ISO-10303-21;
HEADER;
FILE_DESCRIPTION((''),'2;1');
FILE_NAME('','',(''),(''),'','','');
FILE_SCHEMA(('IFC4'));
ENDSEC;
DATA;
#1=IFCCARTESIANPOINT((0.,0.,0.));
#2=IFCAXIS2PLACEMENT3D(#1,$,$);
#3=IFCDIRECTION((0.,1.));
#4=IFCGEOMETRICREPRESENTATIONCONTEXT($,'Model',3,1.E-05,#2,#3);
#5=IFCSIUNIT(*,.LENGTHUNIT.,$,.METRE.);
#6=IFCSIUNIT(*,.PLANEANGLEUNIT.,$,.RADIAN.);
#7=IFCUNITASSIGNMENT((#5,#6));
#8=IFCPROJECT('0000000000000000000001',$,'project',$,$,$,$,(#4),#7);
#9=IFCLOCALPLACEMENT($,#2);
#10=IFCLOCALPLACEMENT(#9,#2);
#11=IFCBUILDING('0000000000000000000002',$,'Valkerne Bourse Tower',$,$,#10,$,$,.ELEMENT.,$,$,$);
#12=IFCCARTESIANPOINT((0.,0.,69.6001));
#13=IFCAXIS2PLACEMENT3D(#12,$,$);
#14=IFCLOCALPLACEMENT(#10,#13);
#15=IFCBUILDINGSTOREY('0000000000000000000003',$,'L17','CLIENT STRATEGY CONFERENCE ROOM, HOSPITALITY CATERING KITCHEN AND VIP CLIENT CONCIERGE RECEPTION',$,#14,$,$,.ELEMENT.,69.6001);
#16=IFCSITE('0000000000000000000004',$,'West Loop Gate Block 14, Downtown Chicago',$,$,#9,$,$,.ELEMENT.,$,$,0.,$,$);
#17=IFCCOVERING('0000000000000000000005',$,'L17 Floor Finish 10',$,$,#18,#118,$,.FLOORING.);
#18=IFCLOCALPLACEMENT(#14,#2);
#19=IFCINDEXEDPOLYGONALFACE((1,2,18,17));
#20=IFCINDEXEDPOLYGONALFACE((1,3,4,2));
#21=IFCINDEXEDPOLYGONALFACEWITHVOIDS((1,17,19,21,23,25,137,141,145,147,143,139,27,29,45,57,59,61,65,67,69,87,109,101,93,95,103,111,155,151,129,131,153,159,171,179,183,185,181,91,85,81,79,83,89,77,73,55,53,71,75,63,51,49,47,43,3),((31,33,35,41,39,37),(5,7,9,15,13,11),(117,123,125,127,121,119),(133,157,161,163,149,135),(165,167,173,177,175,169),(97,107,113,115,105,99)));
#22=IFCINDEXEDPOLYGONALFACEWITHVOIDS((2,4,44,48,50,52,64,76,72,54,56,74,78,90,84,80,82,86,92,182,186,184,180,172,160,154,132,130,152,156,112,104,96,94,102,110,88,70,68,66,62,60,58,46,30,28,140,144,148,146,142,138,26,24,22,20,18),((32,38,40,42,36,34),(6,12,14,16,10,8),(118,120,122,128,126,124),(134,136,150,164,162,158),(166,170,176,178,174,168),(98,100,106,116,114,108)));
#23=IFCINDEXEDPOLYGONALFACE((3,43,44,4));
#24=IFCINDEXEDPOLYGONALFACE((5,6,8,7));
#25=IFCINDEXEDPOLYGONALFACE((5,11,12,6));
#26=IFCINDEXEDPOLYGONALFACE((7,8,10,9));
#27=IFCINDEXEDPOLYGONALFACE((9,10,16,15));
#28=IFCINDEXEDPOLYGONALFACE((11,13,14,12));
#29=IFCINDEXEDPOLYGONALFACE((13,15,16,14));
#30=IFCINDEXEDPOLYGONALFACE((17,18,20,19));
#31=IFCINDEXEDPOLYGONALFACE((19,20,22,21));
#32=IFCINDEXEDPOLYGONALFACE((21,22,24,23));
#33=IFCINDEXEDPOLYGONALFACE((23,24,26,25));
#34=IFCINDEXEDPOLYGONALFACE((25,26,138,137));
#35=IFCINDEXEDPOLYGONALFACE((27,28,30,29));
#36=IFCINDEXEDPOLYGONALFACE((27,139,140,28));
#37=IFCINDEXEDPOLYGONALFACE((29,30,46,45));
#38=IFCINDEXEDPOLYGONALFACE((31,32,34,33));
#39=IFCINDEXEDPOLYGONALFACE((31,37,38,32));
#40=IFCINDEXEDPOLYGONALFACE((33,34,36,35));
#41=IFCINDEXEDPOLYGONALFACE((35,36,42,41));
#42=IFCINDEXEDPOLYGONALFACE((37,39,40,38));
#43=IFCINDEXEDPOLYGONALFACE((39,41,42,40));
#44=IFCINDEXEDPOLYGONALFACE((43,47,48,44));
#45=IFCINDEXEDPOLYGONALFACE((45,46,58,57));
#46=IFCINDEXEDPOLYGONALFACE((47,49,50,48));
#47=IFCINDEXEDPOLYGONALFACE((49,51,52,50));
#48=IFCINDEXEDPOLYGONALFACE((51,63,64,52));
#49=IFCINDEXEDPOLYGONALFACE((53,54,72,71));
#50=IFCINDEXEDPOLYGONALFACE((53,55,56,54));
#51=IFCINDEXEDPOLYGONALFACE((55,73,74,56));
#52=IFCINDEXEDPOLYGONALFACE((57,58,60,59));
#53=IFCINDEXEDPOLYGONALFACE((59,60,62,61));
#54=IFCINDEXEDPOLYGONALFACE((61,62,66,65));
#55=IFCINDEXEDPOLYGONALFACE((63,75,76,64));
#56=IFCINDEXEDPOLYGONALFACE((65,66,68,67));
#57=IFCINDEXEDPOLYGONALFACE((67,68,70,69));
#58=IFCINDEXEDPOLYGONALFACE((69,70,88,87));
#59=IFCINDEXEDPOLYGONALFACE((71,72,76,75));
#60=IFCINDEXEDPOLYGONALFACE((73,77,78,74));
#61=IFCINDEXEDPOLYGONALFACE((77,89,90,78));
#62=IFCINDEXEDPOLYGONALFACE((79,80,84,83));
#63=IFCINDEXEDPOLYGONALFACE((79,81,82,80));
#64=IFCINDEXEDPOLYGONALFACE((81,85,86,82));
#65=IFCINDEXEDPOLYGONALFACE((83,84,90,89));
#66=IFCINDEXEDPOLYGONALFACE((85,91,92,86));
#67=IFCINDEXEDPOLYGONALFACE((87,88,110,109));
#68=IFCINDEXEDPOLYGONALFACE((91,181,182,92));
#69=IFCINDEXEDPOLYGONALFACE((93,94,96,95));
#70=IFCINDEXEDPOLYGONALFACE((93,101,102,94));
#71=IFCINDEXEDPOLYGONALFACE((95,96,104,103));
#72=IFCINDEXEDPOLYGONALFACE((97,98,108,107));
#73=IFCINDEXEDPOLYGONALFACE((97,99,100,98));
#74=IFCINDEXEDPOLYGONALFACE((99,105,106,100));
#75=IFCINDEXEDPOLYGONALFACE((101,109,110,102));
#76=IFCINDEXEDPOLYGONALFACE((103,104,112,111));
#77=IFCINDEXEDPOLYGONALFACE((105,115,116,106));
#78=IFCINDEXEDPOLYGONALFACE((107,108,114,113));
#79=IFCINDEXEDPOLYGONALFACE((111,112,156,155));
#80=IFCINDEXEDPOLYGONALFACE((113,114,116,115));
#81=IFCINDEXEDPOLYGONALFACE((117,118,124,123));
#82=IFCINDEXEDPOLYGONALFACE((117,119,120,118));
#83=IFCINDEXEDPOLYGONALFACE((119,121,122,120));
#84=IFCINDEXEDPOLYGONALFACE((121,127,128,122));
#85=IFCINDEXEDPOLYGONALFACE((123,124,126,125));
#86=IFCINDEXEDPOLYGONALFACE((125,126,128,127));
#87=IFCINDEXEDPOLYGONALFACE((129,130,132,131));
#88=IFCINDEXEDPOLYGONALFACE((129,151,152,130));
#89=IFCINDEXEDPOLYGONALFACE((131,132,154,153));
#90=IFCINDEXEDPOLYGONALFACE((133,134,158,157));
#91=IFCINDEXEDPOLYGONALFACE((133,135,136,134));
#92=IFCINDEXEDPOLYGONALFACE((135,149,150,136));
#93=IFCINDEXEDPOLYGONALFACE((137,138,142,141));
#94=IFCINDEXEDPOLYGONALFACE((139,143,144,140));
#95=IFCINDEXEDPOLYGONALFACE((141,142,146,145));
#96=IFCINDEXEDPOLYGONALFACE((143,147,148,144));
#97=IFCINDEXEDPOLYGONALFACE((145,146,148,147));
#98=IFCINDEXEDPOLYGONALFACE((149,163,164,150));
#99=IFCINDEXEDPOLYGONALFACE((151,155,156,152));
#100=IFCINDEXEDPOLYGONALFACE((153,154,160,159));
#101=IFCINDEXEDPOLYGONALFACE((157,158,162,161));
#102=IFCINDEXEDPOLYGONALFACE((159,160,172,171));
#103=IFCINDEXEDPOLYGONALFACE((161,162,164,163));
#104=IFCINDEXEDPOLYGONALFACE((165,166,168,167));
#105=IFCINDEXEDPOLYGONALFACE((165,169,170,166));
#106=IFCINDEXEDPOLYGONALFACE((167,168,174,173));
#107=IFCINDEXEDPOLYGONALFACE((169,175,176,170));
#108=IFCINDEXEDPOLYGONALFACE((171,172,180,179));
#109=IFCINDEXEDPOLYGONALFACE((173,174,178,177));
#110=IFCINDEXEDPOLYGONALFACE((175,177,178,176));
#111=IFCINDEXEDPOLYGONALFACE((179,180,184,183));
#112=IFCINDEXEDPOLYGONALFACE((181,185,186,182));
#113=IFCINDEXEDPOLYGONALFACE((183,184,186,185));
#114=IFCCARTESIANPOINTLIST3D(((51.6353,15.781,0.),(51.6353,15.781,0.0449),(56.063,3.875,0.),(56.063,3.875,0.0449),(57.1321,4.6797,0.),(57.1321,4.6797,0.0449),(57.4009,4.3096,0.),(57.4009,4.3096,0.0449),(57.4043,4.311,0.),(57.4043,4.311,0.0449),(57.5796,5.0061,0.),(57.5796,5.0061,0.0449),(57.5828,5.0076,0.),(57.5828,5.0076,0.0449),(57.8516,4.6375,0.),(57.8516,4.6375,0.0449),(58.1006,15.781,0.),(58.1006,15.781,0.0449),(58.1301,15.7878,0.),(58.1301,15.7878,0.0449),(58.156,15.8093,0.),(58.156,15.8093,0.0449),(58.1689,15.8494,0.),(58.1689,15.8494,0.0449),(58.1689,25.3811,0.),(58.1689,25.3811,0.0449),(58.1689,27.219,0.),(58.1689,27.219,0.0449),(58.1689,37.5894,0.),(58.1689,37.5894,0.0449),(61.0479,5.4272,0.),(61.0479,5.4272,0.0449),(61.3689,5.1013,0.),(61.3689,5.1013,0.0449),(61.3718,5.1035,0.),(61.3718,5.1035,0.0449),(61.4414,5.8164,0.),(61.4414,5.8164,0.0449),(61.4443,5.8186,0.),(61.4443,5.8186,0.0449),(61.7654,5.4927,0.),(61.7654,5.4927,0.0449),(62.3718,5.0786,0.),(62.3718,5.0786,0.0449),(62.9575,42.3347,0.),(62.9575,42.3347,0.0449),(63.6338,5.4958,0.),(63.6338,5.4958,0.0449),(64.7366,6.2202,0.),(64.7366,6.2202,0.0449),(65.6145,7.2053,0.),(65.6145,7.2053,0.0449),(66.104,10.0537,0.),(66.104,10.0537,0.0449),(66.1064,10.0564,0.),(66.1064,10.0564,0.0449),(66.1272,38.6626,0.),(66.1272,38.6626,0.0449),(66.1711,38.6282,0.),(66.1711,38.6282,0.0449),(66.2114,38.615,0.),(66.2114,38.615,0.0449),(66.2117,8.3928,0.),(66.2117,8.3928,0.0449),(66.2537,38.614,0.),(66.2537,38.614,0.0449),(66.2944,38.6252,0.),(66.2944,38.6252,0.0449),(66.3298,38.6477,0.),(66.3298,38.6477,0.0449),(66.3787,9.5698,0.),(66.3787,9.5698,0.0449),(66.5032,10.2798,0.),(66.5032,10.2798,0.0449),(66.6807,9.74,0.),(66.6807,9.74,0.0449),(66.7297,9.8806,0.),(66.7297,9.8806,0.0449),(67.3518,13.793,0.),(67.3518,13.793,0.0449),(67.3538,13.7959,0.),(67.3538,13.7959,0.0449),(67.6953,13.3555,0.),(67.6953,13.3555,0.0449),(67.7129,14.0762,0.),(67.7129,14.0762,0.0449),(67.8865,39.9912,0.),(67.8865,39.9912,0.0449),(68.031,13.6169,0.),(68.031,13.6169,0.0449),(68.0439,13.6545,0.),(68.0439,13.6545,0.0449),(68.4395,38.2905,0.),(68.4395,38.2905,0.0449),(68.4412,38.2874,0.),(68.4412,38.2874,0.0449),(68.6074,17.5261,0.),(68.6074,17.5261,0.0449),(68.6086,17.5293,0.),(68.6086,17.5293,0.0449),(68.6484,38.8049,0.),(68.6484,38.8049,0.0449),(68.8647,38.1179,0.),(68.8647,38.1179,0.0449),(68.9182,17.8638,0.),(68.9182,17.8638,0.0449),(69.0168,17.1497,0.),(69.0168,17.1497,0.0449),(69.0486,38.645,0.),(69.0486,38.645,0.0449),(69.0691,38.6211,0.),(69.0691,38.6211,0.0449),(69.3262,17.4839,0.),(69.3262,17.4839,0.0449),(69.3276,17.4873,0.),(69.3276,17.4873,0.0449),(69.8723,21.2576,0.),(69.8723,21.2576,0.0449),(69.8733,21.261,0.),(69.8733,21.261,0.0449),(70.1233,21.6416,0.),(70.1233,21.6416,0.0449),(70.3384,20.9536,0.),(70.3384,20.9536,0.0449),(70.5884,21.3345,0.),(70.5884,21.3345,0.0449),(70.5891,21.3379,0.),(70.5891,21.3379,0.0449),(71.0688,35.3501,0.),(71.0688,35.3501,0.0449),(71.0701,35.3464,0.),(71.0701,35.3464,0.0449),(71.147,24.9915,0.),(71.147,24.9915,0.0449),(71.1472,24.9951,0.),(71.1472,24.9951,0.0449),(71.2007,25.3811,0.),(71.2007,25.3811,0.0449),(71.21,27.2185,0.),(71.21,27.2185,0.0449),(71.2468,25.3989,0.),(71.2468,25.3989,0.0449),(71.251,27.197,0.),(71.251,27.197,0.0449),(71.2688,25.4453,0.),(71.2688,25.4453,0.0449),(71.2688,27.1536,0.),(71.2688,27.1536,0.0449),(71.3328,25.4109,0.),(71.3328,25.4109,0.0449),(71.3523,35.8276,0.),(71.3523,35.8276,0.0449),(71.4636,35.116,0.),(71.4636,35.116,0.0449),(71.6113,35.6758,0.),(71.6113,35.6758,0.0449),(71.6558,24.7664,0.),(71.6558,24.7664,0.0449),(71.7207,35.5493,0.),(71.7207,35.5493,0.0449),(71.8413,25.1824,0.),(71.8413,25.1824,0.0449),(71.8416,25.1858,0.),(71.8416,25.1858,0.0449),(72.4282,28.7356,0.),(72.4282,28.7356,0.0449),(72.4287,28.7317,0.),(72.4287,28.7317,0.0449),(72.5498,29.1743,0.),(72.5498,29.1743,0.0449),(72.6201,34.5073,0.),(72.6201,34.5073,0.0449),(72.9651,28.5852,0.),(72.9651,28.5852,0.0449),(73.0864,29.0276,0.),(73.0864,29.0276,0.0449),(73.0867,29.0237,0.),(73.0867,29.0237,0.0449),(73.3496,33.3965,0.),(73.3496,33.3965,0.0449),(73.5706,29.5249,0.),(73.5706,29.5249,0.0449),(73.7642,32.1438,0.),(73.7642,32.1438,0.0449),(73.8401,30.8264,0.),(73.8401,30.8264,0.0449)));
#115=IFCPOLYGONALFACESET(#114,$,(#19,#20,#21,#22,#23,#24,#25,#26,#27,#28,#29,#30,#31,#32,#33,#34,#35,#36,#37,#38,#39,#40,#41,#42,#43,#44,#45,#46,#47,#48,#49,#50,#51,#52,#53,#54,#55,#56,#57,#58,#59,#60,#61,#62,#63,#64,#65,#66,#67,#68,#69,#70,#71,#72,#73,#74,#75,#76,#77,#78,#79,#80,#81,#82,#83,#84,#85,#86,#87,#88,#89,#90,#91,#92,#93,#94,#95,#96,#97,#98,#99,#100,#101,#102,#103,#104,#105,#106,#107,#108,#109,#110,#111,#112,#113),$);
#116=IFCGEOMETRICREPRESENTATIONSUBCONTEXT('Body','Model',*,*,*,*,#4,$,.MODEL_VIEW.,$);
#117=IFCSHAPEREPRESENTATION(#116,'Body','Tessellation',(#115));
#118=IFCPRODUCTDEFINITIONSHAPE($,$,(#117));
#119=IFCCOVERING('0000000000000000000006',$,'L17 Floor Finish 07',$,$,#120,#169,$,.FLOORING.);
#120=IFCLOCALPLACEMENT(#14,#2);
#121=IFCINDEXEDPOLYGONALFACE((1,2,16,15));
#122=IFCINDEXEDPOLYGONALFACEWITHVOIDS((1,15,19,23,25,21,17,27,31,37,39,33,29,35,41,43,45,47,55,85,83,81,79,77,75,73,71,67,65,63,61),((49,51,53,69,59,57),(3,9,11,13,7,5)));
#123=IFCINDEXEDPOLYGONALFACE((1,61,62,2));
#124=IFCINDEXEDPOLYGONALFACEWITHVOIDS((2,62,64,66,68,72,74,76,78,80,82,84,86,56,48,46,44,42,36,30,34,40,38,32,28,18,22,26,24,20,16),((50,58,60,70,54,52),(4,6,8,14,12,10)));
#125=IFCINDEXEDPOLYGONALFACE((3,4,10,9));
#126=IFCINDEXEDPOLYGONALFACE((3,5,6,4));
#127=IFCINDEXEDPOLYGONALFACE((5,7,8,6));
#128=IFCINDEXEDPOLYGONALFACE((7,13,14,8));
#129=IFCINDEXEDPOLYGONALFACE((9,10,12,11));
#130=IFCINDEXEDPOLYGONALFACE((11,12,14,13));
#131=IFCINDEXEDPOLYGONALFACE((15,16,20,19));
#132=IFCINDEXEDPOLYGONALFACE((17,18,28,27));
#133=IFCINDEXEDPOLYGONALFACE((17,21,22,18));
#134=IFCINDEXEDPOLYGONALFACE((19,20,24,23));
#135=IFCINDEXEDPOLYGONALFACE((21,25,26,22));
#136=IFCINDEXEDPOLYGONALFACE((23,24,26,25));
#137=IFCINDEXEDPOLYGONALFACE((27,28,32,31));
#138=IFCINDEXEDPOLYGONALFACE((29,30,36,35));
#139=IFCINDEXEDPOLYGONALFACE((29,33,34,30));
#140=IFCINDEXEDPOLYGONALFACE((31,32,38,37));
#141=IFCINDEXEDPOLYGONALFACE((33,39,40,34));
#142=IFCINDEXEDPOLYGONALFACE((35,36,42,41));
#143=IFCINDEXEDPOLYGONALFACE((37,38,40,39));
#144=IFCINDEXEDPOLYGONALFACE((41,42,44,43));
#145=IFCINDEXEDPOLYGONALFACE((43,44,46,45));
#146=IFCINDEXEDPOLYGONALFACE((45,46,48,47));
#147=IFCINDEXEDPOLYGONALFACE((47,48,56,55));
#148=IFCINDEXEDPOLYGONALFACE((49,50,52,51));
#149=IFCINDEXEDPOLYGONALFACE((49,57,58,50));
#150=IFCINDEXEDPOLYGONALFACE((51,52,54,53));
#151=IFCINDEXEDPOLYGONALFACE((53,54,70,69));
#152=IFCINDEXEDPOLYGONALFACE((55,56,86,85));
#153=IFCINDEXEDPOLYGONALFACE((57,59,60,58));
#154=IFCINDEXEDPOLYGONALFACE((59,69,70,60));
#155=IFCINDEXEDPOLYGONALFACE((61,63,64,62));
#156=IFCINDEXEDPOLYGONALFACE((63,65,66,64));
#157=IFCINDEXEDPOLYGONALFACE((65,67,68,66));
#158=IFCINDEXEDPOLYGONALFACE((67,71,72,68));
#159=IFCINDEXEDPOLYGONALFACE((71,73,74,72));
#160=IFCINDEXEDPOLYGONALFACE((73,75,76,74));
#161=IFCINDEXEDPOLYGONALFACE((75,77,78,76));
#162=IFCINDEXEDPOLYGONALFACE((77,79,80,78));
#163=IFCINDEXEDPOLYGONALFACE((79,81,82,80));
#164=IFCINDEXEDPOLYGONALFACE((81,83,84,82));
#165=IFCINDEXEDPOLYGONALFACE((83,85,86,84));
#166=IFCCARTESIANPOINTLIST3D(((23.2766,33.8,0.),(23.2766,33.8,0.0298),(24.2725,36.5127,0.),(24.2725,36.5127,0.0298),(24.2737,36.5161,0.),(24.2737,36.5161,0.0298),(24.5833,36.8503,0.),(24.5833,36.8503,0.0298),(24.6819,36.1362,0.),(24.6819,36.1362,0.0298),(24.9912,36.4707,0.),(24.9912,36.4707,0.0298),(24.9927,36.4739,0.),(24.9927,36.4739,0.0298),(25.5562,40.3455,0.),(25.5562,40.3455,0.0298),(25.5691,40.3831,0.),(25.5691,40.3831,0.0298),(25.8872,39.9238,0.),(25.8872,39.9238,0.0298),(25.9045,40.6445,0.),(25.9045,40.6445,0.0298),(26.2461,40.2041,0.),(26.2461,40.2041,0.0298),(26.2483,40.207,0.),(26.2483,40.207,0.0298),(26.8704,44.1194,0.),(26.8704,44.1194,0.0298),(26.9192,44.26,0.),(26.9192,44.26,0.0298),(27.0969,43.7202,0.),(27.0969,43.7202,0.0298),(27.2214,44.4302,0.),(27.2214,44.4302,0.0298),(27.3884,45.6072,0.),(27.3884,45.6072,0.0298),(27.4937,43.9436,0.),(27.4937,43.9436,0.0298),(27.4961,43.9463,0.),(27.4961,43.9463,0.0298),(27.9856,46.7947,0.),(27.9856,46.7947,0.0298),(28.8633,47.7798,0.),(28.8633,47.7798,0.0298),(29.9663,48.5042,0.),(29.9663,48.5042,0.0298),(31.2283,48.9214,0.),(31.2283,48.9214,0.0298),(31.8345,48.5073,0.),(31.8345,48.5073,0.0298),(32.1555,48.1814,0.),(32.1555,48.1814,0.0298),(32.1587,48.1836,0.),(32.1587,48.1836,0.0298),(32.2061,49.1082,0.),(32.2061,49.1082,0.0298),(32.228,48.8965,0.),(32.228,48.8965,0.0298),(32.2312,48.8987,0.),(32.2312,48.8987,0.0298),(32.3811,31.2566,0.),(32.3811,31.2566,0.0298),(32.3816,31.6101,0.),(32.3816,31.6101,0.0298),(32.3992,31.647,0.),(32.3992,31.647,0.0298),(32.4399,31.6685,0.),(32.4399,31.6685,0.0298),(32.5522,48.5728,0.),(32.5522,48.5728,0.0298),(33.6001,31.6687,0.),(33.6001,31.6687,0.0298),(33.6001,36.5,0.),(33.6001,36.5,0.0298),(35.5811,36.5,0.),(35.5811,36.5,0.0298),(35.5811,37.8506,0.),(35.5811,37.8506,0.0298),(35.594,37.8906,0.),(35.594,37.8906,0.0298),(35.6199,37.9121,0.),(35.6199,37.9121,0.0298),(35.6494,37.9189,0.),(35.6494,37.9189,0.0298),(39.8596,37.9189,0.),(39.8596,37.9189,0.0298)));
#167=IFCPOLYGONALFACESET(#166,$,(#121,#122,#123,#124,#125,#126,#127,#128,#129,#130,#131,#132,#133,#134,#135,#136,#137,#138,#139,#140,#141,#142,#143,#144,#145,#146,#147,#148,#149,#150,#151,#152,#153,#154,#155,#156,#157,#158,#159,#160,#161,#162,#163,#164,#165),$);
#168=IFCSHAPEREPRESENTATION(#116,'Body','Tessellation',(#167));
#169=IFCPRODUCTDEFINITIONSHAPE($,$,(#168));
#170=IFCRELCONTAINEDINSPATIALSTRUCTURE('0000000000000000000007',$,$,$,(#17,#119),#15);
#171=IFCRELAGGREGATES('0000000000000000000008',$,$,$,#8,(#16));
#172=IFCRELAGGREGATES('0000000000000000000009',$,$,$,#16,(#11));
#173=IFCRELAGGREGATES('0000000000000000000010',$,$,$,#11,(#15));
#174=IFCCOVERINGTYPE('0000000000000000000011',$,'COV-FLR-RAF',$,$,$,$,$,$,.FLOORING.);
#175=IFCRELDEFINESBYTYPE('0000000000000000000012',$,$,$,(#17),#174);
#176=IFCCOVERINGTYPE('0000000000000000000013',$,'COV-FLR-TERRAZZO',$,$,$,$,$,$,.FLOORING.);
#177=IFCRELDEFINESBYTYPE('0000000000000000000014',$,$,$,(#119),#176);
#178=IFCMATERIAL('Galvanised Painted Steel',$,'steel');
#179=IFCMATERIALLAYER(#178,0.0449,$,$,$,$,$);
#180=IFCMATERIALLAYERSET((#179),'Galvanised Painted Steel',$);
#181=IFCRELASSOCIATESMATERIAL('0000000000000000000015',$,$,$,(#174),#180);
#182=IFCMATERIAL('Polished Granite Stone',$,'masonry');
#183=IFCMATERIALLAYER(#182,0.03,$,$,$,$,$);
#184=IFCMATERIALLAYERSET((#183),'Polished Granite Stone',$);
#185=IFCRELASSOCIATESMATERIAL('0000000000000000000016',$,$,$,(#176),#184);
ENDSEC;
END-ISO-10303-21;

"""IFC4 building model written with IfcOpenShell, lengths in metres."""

from ifc_helpers import new_model, si_unit, direction, frame, origin, place, context, subcontext, project, spatial, polyline, outline, extrude, material, layer, layer_set, type_object, element, save


model = new_model("IFC4")

# Units and contexts
model_context = context("Model", 3, precision=1e-05, world=origin(), true_north=direction((0.0, 1.0)))
body_context = subcontext(model_context, "Body", "Model", "MODEL_VIEW")
ifc_project = project(units=[si_unit("LENGTHUNIT", "METRE"), si_unit("PLANEANGLEUNIT", "RADIAN")], contexts=[model_context])

# Site, building, storey
site_placement = place(None, origin())
site = spatial("IfcSite", under=ifc_project, at=site_placement, Name="West Loop Gate Block 14, Downtown Chicago", CompositionType="ELEMENT", RefElevation=0.0)
building_placement = place(site_placement, origin())
building = spatial("IfcBuilding", under=site, at=building_placement, Name="Valkerne Bourse Tower", CompositionType="ELEMENT")
storey_placement = place(building_placement, frame((0.0, 0.0, 69.6001)))
storey = spatial("IfcBuildingStorey", under=building, at=storey_placement, Name="L17", Description="CLIENT STRATEGY CONFERENCE ROOM, HOSPITALITY CATERING KITCHEN AND VIP CLIENT CONCIERGE RECEPTION", CompositionType="ELEMENT", Elevation=69.6001)

# Coverings
ifc_material_1 = material(Name="Galvanised Painted Steel", Category="steel")
ifc_layer_1 = layer(ifc_material_1, 0.0449)
ifc_layer_set_1 = layer_set([ifc_layer_1], Name="Galvanised Painted Steel")
covering_type_1 = type_object("IfcCoveringType", Name="COV-FLR-RAF", PredefinedType="FLOORING", material=ifc_layer_set_1)
covering_1_placement = place(storey_placement, origin())
element("IfcCovering", 1, at=covering_1_placement, inside=storey, type_object=covering_type_1, Name="L17 Floor Finish 10", PredefinedType="FLOORING", context=body_context, shape_type="SweptSolid", body=[
    extrude(outline(polyline([(73.5706, 29.5249), (68.0439, 13.6545), (67.7129, 14.0762), (67.3538, 13.7959), (67.3518, 13.793), (67.6953, 13.3555), (68.031, 13.6169), (66.7297, 9.8806), (66.5032, 10.2798), (66.1064, 10.0564), (66.104, 10.0537), (66.3787, 9.5698), (66.6807, 9.74), (66.2117, 8.3928), (65.6145, 7.2053), (64.7366, 6.2202), (63.6338, 5.4958), (62.3718, 5.0786), (56.063, 3.875), (51.6353, 15.781), (58.1006, 15.781), (58.1301, 15.7878), (58.156, 15.8093), (58.1689, 15.8494), (58.1689, 25.3811), (71.2007, 25.3811), (71.2468, 25.3989), (71.2688, 25.4453), (71.2688, 27.1536), (71.251, 27.197), (71.21, 27.2185), (58.1689, 27.219), (58.1689, 37.5894), (62.9575, 42.3347), (66.1272, 38.6626), (66.1711, 38.6282), (66.2114, 38.615), (66.2537, 38.614), (66.2944, 38.6252), (66.3298, 38.6477), (67.8865, 39.9912), (69.0486, 38.645), (68.6484, 38.8049), (68.4395, 38.2905), (68.4412, 38.2874), (68.8647, 38.1179), (69.0691, 38.6211), (71.6113, 35.6758), (71.3523, 35.8276), (71.0688, 35.3501), (71.0701, 35.3464), (71.4636, 35.116), (71.7207, 35.5493), (72.6201, 34.5073), (73.3496, 33.3965), (73.7642, 32.1438), (73.8401, 30.8264), (73.5706, 29.5249)]), holes=[polyline([(57.8516, 4.6375), (57.5828, 5.0076), (57.5796, 5.0061), (57.1321, 4.6797), (57.4009, 4.3096), (57.4043, 4.311), (57.8516, 4.6375)]), polyline([(61.3718, 5.1035), (61.7654, 5.4927), (61.4443, 5.8186), (61.4414, 5.8164), (61.0479, 5.4272), (61.3689, 5.1013), (61.3718, 5.1035)]), polyline([(69.3262, 17.4839), (69.3276, 17.4873), (68.9182, 17.8638), (68.6086, 17.5293), (68.6074, 17.5261), (69.0168, 17.1497), (69.3262, 17.4839)]), polyline([(70.5884, 21.3345), (70.5891, 21.3379), (70.1233, 21.6416), (69.8733, 21.261), (69.8723, 21.2576), (70.3384, 20.9536), (70.5884, 21.3345)]), polyline([(71.8416, 25.1858), (71.3328, 25.4109), (71.1472, 24.9951), (71.147, 24.9915), (71.6558, 24.7664), (71.8413, 25.1824), (71.8416, 25.1858)]), polyline([(73.0867, 29.0237), (73.0864, 29.0276), (72.5498, 29.1743), (72.4282, 28.7356), (72.4287, 28.7317), (72.9651, 28.5852), (73.0867, 29.0237)])]), origin(), (0.0, 0.0, 1.0), 0.0449),
])
ifc_material_2 = material(Name="Polished Granite Stone", Category="masonry")
ifc_layer_2 = layer(ifc_material_2, 0.03)
ifc_layer_set_2 = layer_set([ifc_layer_2], Name="Polished Granite Stone")
covering_type_2 = type_object("IfcCoveringType", Name="COV-FLR-TERRAZZO", PredefinedType="FLOORING", material=ifc_layer_set_2)
covering_2_placement = place(storey_placement, origin())
element("IfcCovering", 2, at=covering_2_placement, inside=storey, type_object=covering_type_2, Name="L17 Floor Finish 07", PredefinedType="FLOORING", context=body_context, shape_type="SweptSolid", body=[
    extrude(outline(polyline([(28.8633, 47.7798), (29.9663, 48.5042), (31.2283, 48.9214), (32.2061, 49.1082), (39.8596, 37.9189), (35.6494, 37.9189), (35.6199, 37.9121), (35.594, 37.8906), (35.5811, 37.8506), (35.5811, 36.5), (33.6001, 36.5), (33.6001, 31.6687), (32.4399, 31.6685), (32.3992, 31.647), (32.3816, 31.6101), (32.3811, 31.2566), (23.2766, 33.8), (25.5562, 40.3455), (25.8872, 39.9238), (26.2461, 40.2041), (26.2483, 40.207), (25.9045, 40.6445), (25.5691, 40.3831), (26.8704, 44.1194), (27.0969, 43.7202), (27.4937, 43.9436), (27.4961, 43.9463), (27.2214, 44.4302), (26.9192, 44.26), (27.3884, 45.6072), (27.9856, 46.7947), (28.8633, 47.7798)]), holes=[polyline([(24.9912, 36.4707), (24.9927, 36.4739), (24.5833, 36.8503), (24.2737, 36.5161), (24.2725, 36.5127), (24.6819, 36.1362), (24.9912, 36.4707)]), polyline([(32.1587, 48.1836), (32.5522, 48.5728), (32.2312, 48.8987), (32.228, 48.8965), (31.8345, 48.5073), (32.1555, 48.1814), (32.1587, 48.1836)])]), origin(), (0.0, 0.0, 1.0), 0.0298),
])

save(model, "model.ifc")
